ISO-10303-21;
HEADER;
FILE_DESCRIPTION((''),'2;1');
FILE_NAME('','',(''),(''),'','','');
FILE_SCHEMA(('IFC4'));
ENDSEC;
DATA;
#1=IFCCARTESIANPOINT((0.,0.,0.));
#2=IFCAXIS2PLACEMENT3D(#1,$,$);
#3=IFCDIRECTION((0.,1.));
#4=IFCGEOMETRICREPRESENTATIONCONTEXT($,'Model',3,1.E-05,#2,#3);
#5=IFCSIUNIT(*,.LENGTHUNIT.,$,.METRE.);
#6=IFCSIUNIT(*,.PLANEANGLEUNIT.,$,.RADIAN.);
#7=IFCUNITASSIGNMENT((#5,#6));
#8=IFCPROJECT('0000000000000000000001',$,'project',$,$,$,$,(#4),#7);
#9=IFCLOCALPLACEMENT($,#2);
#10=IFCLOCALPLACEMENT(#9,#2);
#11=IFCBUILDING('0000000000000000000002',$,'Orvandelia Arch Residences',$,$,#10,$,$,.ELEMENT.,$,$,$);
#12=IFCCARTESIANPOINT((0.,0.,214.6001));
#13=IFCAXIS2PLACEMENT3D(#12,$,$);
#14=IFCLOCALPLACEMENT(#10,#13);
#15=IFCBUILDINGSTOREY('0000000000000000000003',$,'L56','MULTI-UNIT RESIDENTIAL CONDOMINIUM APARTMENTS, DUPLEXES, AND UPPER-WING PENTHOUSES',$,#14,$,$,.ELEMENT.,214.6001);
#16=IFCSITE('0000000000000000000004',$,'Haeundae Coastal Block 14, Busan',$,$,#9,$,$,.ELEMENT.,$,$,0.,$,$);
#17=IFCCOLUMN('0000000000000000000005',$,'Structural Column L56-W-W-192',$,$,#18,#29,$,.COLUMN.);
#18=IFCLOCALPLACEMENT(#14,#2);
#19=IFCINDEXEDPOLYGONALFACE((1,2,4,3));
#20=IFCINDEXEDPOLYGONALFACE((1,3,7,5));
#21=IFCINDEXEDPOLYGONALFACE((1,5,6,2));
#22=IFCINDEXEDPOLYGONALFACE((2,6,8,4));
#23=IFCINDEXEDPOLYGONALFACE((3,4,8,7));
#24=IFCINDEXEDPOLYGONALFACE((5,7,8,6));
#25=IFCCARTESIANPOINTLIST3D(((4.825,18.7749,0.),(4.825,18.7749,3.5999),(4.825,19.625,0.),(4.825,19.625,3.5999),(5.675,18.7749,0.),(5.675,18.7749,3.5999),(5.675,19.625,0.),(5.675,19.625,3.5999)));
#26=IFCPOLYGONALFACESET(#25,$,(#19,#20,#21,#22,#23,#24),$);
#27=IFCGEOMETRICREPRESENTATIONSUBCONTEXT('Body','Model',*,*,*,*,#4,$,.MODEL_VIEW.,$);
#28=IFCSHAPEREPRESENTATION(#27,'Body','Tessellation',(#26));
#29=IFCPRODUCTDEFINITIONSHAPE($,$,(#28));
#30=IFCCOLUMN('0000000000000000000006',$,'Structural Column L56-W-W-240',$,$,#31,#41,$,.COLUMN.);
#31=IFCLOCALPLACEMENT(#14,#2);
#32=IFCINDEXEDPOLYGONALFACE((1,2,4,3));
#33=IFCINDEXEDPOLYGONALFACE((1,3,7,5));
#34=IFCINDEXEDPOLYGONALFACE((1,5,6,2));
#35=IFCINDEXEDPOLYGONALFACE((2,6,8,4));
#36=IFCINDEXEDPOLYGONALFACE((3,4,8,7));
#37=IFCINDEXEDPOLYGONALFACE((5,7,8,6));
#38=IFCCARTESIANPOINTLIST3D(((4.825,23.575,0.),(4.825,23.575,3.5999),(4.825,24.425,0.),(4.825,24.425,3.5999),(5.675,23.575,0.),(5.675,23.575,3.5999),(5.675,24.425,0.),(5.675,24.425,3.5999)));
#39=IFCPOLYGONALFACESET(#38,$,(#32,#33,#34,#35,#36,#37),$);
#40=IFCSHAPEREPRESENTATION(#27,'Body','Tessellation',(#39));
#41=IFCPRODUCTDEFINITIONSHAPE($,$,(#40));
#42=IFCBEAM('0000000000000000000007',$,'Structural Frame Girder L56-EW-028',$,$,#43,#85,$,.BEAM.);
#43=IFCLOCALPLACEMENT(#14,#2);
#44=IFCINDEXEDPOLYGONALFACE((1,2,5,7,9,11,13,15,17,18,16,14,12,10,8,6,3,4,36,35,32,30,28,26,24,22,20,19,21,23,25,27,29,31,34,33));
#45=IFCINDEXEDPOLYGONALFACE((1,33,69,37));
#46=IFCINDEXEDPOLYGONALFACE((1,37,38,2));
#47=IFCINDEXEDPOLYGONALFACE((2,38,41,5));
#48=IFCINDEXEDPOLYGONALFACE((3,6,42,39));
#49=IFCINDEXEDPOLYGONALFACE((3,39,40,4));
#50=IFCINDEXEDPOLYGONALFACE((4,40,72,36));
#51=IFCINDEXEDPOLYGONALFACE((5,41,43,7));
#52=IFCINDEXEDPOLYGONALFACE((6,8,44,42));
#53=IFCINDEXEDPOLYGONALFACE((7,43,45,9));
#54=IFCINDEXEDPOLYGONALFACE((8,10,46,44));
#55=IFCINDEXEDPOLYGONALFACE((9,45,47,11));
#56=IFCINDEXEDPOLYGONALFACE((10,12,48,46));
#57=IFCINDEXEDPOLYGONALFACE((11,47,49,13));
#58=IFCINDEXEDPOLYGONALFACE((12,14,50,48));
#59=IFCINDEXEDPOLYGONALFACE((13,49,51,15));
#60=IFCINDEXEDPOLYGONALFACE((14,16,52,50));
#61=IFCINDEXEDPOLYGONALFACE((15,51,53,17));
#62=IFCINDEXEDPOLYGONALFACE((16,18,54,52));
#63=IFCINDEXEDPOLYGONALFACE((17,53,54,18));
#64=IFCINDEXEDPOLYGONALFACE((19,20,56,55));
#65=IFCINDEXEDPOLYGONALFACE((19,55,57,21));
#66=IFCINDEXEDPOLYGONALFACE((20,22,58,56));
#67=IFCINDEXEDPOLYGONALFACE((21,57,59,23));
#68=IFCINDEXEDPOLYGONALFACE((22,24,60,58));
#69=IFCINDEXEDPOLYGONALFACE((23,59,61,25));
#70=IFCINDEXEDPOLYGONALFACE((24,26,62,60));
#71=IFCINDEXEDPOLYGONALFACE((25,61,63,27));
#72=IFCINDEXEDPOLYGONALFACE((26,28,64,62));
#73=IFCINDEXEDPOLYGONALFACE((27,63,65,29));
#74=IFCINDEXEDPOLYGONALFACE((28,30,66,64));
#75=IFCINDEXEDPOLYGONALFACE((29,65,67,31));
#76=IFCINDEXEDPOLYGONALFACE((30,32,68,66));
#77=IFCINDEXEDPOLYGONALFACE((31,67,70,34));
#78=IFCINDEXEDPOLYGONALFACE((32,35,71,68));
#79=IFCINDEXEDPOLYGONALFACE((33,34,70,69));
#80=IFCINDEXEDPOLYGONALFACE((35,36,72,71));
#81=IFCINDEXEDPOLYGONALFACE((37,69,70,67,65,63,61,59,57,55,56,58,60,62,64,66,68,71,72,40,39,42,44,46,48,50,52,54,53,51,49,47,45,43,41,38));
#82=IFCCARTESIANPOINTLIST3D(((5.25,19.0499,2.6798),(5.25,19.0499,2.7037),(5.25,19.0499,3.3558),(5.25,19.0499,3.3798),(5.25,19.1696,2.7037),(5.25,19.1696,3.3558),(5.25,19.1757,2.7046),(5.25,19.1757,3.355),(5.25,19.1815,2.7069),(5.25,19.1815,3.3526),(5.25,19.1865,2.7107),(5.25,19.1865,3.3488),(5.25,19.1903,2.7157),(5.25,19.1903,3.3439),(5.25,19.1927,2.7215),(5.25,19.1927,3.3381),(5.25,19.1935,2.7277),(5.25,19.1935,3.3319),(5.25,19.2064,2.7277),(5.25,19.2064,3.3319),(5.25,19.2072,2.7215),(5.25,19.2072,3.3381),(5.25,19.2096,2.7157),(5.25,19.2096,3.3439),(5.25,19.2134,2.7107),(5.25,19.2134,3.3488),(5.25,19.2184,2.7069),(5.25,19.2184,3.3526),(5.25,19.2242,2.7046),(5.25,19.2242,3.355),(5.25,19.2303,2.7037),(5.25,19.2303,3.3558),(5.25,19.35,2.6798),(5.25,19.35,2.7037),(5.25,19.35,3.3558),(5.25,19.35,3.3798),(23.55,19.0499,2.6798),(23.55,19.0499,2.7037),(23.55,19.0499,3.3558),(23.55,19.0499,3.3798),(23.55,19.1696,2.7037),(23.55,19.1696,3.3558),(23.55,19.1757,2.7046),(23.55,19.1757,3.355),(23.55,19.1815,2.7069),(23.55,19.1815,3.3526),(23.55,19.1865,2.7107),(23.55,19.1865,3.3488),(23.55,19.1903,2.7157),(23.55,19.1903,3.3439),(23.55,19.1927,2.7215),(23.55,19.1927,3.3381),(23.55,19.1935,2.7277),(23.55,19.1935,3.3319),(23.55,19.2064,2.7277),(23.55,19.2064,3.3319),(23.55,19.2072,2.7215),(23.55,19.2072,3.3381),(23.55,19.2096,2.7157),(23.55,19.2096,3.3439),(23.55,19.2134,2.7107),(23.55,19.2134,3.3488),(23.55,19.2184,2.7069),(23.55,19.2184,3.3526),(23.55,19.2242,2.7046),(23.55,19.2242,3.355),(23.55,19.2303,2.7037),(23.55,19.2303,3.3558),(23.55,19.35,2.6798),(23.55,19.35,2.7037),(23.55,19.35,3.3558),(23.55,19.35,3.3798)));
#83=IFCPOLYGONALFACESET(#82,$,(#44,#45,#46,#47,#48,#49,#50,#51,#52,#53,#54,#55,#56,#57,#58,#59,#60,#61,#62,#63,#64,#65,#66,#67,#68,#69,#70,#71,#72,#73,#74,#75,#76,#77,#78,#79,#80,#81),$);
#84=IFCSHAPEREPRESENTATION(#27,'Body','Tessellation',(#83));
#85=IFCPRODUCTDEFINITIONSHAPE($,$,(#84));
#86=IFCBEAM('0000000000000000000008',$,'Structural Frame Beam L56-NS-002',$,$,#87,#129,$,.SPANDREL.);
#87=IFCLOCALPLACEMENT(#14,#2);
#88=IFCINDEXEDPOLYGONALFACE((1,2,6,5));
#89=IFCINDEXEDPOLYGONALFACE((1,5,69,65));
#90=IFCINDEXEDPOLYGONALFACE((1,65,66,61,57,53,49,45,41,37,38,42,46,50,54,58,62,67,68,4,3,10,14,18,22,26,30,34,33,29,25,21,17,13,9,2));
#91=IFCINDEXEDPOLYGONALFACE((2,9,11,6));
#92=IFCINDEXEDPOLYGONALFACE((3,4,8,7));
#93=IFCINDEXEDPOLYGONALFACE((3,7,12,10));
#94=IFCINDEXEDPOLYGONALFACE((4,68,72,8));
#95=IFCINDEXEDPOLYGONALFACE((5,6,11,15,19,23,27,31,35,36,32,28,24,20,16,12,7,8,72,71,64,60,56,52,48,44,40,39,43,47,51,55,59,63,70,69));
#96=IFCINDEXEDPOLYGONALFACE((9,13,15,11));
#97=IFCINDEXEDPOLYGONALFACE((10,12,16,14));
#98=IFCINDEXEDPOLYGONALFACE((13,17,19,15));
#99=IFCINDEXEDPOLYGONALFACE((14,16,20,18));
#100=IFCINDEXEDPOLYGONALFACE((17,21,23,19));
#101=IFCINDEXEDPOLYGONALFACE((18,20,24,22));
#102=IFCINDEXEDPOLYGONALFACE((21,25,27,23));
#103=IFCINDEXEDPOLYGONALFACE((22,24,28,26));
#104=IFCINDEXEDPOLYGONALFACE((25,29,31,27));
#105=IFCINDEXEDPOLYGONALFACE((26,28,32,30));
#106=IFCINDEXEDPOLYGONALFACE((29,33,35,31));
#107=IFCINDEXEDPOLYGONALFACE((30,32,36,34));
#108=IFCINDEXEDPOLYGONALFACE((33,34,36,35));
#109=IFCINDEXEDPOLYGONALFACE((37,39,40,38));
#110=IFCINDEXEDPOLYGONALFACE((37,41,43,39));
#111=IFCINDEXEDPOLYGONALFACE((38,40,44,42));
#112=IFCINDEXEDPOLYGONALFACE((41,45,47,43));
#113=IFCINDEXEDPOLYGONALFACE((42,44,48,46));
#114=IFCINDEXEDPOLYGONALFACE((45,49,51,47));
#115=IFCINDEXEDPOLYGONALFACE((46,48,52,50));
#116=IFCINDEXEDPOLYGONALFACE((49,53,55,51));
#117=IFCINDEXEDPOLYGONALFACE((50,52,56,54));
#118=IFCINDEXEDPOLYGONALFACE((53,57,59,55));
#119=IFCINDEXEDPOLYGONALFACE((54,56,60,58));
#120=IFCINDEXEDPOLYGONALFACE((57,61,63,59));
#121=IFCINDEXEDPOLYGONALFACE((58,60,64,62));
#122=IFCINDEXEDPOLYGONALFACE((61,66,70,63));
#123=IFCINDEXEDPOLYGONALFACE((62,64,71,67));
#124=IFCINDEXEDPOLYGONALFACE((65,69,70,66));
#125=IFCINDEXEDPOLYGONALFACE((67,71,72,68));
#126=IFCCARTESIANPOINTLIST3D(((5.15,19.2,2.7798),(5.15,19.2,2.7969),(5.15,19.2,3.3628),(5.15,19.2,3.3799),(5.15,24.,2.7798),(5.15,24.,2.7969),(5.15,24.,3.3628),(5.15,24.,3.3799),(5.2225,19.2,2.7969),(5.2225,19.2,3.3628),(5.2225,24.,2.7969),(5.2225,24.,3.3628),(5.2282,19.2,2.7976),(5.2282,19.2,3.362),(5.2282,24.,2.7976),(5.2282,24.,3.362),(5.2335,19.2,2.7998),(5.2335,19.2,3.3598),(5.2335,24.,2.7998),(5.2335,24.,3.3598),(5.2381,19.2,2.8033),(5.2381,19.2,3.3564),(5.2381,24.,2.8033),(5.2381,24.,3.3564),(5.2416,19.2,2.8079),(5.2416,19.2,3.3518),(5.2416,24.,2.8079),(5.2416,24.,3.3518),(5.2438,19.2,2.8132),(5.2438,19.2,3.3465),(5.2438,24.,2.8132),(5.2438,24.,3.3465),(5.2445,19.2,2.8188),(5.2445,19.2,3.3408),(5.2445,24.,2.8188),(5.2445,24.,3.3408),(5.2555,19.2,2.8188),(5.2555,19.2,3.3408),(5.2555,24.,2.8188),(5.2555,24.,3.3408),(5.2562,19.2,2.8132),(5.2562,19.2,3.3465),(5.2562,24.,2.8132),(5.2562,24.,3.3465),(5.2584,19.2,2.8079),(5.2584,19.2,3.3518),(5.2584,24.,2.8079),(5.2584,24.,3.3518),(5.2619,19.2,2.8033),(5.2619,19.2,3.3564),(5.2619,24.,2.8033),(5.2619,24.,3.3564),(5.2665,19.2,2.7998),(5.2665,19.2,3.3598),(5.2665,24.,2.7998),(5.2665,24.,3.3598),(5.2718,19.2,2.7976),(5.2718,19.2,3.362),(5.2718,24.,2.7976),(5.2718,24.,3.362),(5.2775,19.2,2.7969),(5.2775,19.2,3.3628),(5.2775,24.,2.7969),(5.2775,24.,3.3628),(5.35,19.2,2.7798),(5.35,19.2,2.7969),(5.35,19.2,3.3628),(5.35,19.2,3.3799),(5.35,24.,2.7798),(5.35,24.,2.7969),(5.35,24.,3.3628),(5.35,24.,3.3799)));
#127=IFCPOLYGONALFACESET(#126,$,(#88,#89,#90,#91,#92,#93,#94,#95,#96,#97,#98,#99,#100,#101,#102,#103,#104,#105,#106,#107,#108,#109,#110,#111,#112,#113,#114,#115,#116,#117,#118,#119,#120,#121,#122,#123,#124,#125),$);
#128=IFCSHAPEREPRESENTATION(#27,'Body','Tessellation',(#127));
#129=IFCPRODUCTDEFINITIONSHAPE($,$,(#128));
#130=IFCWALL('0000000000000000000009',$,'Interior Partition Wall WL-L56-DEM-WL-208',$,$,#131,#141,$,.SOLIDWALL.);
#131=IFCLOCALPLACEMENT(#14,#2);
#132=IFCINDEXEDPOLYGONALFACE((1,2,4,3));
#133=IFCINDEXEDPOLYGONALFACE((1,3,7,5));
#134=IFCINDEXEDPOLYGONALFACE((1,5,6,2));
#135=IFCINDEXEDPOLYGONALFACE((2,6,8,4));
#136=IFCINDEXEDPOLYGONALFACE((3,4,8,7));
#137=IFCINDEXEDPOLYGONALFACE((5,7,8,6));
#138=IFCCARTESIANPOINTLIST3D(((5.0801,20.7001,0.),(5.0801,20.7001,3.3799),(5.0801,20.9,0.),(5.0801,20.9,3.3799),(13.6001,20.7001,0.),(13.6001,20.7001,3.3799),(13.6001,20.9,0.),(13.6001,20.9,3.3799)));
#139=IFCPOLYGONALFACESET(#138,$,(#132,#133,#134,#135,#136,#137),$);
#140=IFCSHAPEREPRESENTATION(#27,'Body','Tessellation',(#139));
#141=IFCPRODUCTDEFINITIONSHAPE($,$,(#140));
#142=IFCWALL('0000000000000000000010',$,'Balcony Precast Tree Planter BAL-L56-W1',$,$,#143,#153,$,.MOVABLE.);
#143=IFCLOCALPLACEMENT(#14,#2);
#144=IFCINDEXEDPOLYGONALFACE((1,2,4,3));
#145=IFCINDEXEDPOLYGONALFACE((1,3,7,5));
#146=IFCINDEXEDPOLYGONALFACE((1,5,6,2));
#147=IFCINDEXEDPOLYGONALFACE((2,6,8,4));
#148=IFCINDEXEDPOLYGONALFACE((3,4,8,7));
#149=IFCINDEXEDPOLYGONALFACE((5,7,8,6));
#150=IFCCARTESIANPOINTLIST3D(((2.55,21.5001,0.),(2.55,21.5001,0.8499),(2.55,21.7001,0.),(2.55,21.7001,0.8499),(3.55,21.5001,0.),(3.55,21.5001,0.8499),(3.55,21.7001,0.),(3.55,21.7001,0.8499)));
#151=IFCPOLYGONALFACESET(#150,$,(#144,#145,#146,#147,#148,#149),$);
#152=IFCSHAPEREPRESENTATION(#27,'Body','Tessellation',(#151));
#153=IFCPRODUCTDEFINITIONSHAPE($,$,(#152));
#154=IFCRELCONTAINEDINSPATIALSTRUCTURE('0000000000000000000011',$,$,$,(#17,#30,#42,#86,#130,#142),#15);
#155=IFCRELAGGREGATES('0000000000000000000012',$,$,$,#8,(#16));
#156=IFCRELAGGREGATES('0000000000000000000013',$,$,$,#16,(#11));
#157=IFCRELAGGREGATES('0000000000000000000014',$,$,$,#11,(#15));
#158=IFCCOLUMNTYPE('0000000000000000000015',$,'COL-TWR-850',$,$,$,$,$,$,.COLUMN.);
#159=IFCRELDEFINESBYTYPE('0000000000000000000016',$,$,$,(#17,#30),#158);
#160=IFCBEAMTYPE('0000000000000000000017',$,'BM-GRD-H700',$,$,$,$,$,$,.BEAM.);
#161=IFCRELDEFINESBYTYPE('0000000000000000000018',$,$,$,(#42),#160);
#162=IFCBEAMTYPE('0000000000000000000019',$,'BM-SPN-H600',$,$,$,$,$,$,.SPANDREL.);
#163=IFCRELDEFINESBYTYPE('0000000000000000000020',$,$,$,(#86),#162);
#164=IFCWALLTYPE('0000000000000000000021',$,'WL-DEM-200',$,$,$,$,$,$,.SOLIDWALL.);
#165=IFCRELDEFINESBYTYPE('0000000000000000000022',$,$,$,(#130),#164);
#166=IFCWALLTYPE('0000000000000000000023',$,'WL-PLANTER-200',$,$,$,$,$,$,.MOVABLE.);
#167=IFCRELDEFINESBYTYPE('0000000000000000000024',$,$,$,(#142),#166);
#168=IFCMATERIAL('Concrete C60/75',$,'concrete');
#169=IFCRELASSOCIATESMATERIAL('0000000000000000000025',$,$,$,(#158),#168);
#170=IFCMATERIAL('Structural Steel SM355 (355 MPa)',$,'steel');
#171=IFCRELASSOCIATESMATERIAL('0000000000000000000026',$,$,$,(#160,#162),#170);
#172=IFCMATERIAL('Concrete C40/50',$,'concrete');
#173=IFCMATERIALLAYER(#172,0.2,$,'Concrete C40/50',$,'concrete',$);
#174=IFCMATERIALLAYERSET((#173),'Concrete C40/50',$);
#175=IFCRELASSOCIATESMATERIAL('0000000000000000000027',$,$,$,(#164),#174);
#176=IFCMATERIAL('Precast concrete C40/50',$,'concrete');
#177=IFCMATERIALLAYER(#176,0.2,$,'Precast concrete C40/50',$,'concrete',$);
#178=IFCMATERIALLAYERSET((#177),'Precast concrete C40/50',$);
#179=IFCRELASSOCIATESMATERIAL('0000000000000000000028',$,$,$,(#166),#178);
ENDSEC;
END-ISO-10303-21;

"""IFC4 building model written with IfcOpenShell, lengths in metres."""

from ifc_helpers import new_model, si_unit, direction, frame, frame_2d, origin, origin_2d, place, context, subcontext, project, spatial, rectangle, i_section, extrude, material, layer, layer_set, material_profile, profile_set, type_object, element, save


model = new_model("IFC4")

# Units and contexts
model_context = context("Model", 3, precision=1e-05, world=origin(), true_north=direction((0.0, 1.0)))
body_context = subcontext(model_context, "Body", "Model", "MODEL_VIEW")
ifc_project = project(units=[si_unit("LENGTHUNIT", "METRE"), si_unit("PLANEANGLEUNIT", "RADIAN")], contexts=[model_context])

# Site, building, storey
site_placement = place(None, origin())
site = spatial("IfcSite", under=ifc_project, at=site_placement, Name="Haeundae Coastal Block 14, Busan", CompositionType="ELEMENT", RefElevation=0.0)
building_placement = place(site_placement, origin())
building = spatial("IfcBuilding", under=site, at=building_placement, Name="Orvandelia Arch Residences", CompositionType="ELEMENT")
storey_placement = place(building_placement, frame((0.0, 0.0, 214.6001)))
storey = spatial("IfcBuildingStorey", under=building, at=storey_placement, Name="L56", Description="MULTI-UNIT RESIDENTIAL CONDOMINIUM APARTMENTS, DUPLEXES, AND UPPER-WING PENTHOUSES", CompositionType="ELEMENT", Elevation=214.6001)

# Columns
ifc_material_1 = material(Name="Concrete C60/75", Category="concrete")
ifc_material_profile_1 = material_profile(ifc_material_1, rectangle(XDim=0.8501, YDim=0.8501, at=origin_2d()), Name="Concrete C60/75", Category="concrete")
ifc_profile_set_1 = profile_set([ifc_material_profile_1], Name="Concrete C60/75")
column_type = type_object("IfcColumnType", Name="COL-TWR-850", PredefinedType="COLUMN", material=ifc_profile_set_1)
for number, where, z_axis, x_axis, name in (
    (1, (5.25, 19.2, 0.0), (0.0, 0.0, 1.0), (1.0, 0.0, 0.0), "Structural Column L56-W-W-192"),
    (2, (5.25, 24.0, 0.0), (0.0, 0.0, 1.0), (1.0, 0.0, 0.0), "Structural Column L56-W-W-240"),
):
    element("IfcColumn", number, at=place(storey_placement, frame(where, z_axis=z_axis, x_axis=x_axis)), inside=storey, type_object=column_type, Name=name, PredefinedType="COLUMN", context=body_context, shape_type="SweptSolid", body=[
        extrude(rectangle(XDim=0.8501, YDim=0.8501, at=origin_2d()), origin(), (0.0, 0.0, 1.0), 3.5999),
    ])

# Beams
ifc_material_2 = material(Name="Structural Steel SM355 (355 MPa)", Category="steel")
ifc_material_profile_2 = material_profile(ifc_material_2, i_section(OverallWidth=0.3, OverallDepth=0.7, WebThickness=0.0129, FlangeThickness=0.0239, FilletRadius=0.0239, at=origin_2d()), Name="Structural Steel SM355 (355 MPa)", Category="steel")
ifc_profile_set_2 = profile_set([ifc_material_profile_2], Name="Structural Steel SM355 (355 MPa)")
beam_type_1 = type_object("IfcBeamType", Name="BM-GRD-H700", PredefinedType="BEAM", material=ifc_profile_set_2)
beam_1_placement = place(storey_placement, frame((5.25, 19.2, 3.0298), z_axis=(1.0, 0.0, 0.0), x_axis=(0.0, 1.0, 0.0)))
element("IfcBeam", 3, at=beam_1_placement, inside=storey, type_object=beam_type_1, Name="Structural Frame Girder L56-EW-028", PredefinedType="BEAM", context=body_context, shape_type="SweptSolid", body=[
    extrude(i_section(OverallWidth=0.3, OverallDepth=0.7, WebThickness=0.0129, FlangeThickness=0.0239, FilletRadius=0.0239, at=origin_2d()), origin(), (0.0, 0.0, 1.0), 18.3),
])
ifc_material_profile_3 = material_profile(ifc_material_2, i_section(OverallWidth=0.2, OverallDepth=0.6001, WebThickness=0.011, FlangeThickness=0.0171, FilletRadius=0.022, at=origin_2d()), Name="Structural Steel SM355 (355 MPa)", Category="steel")
ifc_profile_set_3 = profile_set([ifc_material_profile_3], Name="Structural Steel SM355 (355 MPa)")
beam_type_2 = type_object("IfcBeamType", Name="BM-SPN-H600", PredefinedType="SPANDREL", material=ifc_profile_set_3)
beam_2_placement = place(storey_placement, frame((5.25, 19.2, 3.0798), z_axis=(0.0, 1.0, 0.0), x_axis=(-1.0, 0.0, 0.0)))
element("IfcBeam", 4, at=beam_2_placement, inside=storey, type_object=beam_type_2, Name="Structural Frame Beam L56-NS-002", PredefinedType="SPANDREL", context=body_context, shape_type="SweptSolid", body=[
    extrude(i_section(OverallWidth=0.2, OverallDepth=0.6001, WebThickness=0.011, FlangeThickness=0.0171, FilletRadius=0.022, at=origin_2d()), origin(), (0.0, 0.0, 1.0), 4.8),
])

# Walls
ifc_material_3 = material(Name="Concrete C40/50", Category="concrete")
ifc_layer_1 = layer(ifc_material_3, 0.2, Name="Concrete C40/50", Category="concrete")
ifc_layer_set_1 = layer_set([ifc_layer_1], Name="Concrete C40/50")
wall_type_1 = type_object("IfcWallType", Name="WL-DEM-200", PredefinedType="SOLIDWALL", material=ifc_layer_set_1)
wall_1_placement = place(storey_placement, frame((5.0801, 20.8, 0.0), z_axis=(0.0, 0.0, 1.0), x_axis=(1.0, 0.0, 0.0)))
element("IfcWall", 5, at=wall_1_placement, inside=storey, type_object=wall_type_1, Name="Interior Partition Wall WL-L56-DEM-WL-208", PredefinedType="SOLIDWALL", context=body_context, shape_type="SweptSolid", body=[
    extrude(rectangle(XDim=8.52, YDim=0.2, at=frame_2d((4.26, 0.0))), origin(), (0.0, 0.0, 1.0), 3.3799),
])
ifc_material_4 = material(Name="Precast concrete C40/50", Category="concrete")
ifc_layer_2 = layer(ifc_material_4, 0.2, Name="Precast concrete C40/50", Category="concrete")
ifc_layer_set_2 = layer_set([ifc_layer_2], Name="Precast concrete C40/50")
wall_type_2 = type_object("IfcWallType", Name="WL-PLANTER-200", PredefinedType="MOVABLE", material=ifc_layer_set_2)
wall_2_placement = place(storey_placement, frame((2.55, 21.6001, 0.0), z_axis=(0.0, 0.0, 1.0), x_axis=(1.0, 0.0, 0.0)))
element("IfcWall", 6, at=wall_2_placement, inside=storey, type_object=wall_type_2, Name="Balcony Precast Tree Planter BAL-L56-W1", PredefinedType="MOVABLE", context=body_context, shape_type="SweptSolid", body=[
    extrude(rectangle(XDim=1.0, YDim=0.2, at=frame_2d((0.5, 0.0))), origin(), (0.0, 0.0, 1.0), 0.8499),
])

save(model, "model.ifc")
